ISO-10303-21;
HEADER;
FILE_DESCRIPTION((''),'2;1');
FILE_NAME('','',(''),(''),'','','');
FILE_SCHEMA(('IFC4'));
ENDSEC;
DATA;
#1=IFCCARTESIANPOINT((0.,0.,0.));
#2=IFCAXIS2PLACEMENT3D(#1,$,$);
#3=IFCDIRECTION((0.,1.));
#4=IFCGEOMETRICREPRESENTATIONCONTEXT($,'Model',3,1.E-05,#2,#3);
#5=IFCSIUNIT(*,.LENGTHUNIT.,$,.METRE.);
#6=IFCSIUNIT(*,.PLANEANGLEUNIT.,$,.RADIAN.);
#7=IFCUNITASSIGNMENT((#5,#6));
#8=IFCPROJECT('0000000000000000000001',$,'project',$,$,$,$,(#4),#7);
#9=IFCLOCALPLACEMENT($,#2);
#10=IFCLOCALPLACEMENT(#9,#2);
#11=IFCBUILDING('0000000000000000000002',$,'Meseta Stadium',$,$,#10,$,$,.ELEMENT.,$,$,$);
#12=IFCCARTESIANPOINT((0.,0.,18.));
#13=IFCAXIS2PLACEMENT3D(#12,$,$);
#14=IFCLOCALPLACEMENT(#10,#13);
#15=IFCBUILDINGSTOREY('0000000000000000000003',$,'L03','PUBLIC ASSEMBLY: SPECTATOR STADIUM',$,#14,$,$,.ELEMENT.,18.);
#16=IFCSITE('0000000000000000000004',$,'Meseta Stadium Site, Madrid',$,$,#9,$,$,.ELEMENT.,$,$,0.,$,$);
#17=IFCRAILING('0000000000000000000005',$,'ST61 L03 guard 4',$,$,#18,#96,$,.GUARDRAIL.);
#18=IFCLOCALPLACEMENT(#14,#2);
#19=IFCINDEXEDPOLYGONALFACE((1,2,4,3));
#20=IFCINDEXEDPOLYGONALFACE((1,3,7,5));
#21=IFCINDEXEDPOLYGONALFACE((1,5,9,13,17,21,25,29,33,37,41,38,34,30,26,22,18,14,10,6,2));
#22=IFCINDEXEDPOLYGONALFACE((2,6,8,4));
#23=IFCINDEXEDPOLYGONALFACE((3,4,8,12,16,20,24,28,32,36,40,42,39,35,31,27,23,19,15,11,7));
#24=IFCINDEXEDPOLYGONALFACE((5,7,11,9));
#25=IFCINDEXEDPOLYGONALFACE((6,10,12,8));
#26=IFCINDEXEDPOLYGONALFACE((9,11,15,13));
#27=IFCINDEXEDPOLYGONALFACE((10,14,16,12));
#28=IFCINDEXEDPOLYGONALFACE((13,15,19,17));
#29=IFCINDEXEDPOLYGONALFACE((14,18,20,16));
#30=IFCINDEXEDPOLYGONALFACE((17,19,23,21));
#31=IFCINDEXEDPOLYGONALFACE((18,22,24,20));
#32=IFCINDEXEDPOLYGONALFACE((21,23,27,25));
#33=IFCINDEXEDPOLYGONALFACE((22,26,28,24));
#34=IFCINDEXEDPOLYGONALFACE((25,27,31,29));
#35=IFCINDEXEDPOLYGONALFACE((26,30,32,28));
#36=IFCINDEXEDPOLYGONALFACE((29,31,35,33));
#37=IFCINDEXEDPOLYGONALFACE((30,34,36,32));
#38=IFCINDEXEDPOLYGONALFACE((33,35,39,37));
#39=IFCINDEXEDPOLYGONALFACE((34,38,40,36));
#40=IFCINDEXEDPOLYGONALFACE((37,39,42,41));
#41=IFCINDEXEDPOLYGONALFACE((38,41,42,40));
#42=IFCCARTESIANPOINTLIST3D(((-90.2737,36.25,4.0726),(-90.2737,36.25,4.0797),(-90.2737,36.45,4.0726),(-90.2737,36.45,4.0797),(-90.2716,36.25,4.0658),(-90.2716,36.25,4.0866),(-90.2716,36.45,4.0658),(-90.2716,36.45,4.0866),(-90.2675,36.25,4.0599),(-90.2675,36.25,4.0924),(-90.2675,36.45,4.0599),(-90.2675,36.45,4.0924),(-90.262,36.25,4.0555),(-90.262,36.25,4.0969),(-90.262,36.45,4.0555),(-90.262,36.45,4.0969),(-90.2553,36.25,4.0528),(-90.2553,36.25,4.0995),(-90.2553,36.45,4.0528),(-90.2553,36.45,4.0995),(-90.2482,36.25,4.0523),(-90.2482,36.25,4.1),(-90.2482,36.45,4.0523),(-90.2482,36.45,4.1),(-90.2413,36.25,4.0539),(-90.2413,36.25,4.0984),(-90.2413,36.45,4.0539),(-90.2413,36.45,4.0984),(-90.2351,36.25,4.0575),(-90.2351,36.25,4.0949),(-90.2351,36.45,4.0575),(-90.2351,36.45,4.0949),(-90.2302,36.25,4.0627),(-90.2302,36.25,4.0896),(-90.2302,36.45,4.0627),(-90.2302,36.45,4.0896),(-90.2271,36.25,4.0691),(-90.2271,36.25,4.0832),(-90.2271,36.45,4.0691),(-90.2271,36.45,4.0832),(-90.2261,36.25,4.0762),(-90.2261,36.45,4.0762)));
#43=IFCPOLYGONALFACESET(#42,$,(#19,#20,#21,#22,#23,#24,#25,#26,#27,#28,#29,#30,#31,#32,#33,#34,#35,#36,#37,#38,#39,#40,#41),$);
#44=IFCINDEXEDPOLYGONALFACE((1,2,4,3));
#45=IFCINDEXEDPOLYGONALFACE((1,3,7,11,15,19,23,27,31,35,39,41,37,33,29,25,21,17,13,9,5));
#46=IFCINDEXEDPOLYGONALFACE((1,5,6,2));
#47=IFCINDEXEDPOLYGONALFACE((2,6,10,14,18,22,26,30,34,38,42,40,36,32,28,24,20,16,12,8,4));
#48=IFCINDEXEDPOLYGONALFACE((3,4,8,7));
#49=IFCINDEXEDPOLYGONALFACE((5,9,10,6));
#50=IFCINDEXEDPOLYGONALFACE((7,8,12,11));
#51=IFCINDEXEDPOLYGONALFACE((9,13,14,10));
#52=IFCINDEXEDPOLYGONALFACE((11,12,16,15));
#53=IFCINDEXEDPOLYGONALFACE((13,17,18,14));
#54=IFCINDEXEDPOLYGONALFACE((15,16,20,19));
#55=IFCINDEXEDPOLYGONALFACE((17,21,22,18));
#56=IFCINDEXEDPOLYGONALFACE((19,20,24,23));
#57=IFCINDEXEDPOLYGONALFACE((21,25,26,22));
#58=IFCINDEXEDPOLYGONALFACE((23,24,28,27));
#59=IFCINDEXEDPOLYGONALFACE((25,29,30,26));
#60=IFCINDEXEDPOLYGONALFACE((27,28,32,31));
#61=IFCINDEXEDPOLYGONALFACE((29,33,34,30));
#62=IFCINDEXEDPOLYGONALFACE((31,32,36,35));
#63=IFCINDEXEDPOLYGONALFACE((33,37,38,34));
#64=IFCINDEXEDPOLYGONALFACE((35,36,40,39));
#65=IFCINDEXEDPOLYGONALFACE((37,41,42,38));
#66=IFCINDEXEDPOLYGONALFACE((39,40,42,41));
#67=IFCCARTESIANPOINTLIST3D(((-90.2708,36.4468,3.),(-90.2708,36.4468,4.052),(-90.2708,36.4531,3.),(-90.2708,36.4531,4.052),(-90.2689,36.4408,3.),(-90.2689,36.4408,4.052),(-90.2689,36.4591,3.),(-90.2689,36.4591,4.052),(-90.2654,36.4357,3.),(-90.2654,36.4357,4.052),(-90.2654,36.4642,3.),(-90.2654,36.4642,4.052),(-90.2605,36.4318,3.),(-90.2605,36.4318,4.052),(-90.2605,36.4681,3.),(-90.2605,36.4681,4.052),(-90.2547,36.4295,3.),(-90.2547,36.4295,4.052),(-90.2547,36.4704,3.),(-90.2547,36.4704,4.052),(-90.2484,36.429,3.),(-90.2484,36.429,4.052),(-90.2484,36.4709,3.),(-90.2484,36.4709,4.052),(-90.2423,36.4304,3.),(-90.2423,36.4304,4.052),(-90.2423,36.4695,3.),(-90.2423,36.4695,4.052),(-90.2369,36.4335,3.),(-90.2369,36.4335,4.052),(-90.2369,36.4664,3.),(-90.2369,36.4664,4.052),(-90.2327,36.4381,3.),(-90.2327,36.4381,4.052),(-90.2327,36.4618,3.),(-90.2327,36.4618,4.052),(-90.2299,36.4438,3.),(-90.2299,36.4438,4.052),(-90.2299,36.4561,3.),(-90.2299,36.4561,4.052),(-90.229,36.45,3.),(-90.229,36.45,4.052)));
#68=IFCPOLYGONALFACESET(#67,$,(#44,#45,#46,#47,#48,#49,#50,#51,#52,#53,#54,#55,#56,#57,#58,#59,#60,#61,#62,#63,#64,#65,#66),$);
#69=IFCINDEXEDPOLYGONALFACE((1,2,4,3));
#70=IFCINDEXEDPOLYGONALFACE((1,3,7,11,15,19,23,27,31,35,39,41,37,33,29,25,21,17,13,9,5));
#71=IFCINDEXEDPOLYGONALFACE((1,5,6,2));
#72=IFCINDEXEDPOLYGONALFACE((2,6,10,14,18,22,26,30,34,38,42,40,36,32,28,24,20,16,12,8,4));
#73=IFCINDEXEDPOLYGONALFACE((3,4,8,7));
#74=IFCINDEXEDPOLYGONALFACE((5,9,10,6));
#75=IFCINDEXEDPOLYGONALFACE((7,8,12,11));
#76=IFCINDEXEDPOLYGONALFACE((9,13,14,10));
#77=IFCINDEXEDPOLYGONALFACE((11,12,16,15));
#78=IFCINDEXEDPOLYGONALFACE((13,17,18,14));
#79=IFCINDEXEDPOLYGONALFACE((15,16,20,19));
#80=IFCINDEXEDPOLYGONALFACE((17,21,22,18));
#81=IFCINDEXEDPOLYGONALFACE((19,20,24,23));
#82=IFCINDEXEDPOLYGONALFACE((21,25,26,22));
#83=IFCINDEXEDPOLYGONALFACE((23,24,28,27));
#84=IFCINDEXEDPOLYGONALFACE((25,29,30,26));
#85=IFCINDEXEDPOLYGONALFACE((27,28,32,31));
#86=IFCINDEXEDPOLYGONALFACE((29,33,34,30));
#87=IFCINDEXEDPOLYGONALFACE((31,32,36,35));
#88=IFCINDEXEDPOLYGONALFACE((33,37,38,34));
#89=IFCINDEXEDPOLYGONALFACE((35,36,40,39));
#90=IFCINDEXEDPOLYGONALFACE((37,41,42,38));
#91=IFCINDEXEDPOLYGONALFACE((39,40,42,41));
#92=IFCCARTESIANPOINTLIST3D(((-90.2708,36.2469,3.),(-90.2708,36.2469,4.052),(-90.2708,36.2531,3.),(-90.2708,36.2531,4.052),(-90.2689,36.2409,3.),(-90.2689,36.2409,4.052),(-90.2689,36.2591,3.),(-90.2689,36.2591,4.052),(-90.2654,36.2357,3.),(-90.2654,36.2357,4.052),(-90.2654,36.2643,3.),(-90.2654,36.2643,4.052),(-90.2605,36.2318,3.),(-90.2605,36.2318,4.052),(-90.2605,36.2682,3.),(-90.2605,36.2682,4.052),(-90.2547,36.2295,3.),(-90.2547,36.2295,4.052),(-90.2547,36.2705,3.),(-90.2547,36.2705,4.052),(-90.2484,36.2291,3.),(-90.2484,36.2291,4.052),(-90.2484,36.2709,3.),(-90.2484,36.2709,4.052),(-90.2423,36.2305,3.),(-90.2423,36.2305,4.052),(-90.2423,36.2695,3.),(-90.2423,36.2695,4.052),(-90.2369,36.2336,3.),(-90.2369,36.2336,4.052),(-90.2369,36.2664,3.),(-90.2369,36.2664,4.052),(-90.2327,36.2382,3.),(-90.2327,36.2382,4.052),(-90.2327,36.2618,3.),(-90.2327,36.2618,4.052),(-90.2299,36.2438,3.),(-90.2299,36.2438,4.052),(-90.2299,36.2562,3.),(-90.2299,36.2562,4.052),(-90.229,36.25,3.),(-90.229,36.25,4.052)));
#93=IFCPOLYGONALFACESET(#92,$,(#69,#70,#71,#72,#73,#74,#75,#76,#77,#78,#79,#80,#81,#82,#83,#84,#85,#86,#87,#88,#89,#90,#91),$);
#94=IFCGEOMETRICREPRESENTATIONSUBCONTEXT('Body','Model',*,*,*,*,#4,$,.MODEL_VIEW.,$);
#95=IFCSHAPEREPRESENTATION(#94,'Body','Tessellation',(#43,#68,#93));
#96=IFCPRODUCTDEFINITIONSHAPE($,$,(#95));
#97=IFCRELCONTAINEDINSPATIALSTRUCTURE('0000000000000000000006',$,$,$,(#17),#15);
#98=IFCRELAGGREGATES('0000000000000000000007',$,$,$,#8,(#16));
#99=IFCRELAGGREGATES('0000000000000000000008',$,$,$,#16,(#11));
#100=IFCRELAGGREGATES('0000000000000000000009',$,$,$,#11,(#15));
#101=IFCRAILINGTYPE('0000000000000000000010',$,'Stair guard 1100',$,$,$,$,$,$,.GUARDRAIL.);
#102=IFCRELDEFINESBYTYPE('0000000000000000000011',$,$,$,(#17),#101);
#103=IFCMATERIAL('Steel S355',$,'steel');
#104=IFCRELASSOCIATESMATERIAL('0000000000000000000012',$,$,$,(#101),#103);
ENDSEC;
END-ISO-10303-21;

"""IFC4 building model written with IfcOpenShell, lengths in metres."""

from ifc_helpers import new_model, si_unit, direction, frame, origin, origin_2d, place, context, subcontext, project, spatial, circle, extrude, material, type_object, element, save


model = new_model("IFC4")

# Units and contexts
model_context = context("Model", 3, precision=1e-05, world=origin(), true_north=direction((0.0, 1.0)))
body_context = subcontext(model_context, "Body", "Model", "MODEL_VIEW")
ifc_project = project(units=[si_unit("LENGTHUNIT", "METRE"), si_unit("PLANEANGLEUNIT", "RADIAN")], contexts=[model_context])

# Site, building, storey
site_placement = place(None, origin())
site = spatial("IfcSite", under=ifc_project, at=site_placement, Name="Meseta Stadium Site, Madrid", CompositionType="ELEMENT", RefElevation=0.0)
building_placement = place(site_placement, origin())
building = spatial("IfcBuilding", under=site, at=building_placement, Name="Meseta Stadium", CompositionType="ELEMENT")
storey_placement = place(building_placement, frame((0.0, 0.0, 18.0)))
storey = spatial("IfcBuildingStorey", under=building, at=storey_placement, Name="L03", Description="PUBLIC ASSEMBLY: SPECTATOR STADIUM", CompositionType="ELEMENT", Elevation=18.0)

# Railing
ifc_material_1 = material(Name="Steel S355", Category="steel")
railing_type_1 = type_object("IfcRailingType", Name="Stair guard 1100", PredefinedType="GUARDRAIL", material=ifc_material_1)
railing_1_placement = place(storey_placement, frame((-90.25, 36.45, 3.0)))
element("IfcRailing", 1, at=railing_1_placement, inside=storey, type_object=railing_type_1, Name="ST61 L03 guard 4", PredefinedType="GUARDRAIL", context=body_context, shape_type="SweptSolid", body=[
    extrude(circle(Radius=0.0239, at=origin_2d()), frame((0.0, 0.0, 1.0762), z_axis=(0.0, -1.0, 0.0), x_axis=(1.0, 0.0, 0.0)), (0.0, 0.0, 1.0), 0.2),
    extrude(circle(Radius=0.021, at=origin_2d()), origin(), (0.0, 0.0, 1.0), 1.052),
    extrude(circle(Radius=0.021, at=origin_2d()), frame((0.0, -0.2, 0.0)), (0.0, 0.0, 1.0), 1.052),
])

save(model, "model.ifc")
